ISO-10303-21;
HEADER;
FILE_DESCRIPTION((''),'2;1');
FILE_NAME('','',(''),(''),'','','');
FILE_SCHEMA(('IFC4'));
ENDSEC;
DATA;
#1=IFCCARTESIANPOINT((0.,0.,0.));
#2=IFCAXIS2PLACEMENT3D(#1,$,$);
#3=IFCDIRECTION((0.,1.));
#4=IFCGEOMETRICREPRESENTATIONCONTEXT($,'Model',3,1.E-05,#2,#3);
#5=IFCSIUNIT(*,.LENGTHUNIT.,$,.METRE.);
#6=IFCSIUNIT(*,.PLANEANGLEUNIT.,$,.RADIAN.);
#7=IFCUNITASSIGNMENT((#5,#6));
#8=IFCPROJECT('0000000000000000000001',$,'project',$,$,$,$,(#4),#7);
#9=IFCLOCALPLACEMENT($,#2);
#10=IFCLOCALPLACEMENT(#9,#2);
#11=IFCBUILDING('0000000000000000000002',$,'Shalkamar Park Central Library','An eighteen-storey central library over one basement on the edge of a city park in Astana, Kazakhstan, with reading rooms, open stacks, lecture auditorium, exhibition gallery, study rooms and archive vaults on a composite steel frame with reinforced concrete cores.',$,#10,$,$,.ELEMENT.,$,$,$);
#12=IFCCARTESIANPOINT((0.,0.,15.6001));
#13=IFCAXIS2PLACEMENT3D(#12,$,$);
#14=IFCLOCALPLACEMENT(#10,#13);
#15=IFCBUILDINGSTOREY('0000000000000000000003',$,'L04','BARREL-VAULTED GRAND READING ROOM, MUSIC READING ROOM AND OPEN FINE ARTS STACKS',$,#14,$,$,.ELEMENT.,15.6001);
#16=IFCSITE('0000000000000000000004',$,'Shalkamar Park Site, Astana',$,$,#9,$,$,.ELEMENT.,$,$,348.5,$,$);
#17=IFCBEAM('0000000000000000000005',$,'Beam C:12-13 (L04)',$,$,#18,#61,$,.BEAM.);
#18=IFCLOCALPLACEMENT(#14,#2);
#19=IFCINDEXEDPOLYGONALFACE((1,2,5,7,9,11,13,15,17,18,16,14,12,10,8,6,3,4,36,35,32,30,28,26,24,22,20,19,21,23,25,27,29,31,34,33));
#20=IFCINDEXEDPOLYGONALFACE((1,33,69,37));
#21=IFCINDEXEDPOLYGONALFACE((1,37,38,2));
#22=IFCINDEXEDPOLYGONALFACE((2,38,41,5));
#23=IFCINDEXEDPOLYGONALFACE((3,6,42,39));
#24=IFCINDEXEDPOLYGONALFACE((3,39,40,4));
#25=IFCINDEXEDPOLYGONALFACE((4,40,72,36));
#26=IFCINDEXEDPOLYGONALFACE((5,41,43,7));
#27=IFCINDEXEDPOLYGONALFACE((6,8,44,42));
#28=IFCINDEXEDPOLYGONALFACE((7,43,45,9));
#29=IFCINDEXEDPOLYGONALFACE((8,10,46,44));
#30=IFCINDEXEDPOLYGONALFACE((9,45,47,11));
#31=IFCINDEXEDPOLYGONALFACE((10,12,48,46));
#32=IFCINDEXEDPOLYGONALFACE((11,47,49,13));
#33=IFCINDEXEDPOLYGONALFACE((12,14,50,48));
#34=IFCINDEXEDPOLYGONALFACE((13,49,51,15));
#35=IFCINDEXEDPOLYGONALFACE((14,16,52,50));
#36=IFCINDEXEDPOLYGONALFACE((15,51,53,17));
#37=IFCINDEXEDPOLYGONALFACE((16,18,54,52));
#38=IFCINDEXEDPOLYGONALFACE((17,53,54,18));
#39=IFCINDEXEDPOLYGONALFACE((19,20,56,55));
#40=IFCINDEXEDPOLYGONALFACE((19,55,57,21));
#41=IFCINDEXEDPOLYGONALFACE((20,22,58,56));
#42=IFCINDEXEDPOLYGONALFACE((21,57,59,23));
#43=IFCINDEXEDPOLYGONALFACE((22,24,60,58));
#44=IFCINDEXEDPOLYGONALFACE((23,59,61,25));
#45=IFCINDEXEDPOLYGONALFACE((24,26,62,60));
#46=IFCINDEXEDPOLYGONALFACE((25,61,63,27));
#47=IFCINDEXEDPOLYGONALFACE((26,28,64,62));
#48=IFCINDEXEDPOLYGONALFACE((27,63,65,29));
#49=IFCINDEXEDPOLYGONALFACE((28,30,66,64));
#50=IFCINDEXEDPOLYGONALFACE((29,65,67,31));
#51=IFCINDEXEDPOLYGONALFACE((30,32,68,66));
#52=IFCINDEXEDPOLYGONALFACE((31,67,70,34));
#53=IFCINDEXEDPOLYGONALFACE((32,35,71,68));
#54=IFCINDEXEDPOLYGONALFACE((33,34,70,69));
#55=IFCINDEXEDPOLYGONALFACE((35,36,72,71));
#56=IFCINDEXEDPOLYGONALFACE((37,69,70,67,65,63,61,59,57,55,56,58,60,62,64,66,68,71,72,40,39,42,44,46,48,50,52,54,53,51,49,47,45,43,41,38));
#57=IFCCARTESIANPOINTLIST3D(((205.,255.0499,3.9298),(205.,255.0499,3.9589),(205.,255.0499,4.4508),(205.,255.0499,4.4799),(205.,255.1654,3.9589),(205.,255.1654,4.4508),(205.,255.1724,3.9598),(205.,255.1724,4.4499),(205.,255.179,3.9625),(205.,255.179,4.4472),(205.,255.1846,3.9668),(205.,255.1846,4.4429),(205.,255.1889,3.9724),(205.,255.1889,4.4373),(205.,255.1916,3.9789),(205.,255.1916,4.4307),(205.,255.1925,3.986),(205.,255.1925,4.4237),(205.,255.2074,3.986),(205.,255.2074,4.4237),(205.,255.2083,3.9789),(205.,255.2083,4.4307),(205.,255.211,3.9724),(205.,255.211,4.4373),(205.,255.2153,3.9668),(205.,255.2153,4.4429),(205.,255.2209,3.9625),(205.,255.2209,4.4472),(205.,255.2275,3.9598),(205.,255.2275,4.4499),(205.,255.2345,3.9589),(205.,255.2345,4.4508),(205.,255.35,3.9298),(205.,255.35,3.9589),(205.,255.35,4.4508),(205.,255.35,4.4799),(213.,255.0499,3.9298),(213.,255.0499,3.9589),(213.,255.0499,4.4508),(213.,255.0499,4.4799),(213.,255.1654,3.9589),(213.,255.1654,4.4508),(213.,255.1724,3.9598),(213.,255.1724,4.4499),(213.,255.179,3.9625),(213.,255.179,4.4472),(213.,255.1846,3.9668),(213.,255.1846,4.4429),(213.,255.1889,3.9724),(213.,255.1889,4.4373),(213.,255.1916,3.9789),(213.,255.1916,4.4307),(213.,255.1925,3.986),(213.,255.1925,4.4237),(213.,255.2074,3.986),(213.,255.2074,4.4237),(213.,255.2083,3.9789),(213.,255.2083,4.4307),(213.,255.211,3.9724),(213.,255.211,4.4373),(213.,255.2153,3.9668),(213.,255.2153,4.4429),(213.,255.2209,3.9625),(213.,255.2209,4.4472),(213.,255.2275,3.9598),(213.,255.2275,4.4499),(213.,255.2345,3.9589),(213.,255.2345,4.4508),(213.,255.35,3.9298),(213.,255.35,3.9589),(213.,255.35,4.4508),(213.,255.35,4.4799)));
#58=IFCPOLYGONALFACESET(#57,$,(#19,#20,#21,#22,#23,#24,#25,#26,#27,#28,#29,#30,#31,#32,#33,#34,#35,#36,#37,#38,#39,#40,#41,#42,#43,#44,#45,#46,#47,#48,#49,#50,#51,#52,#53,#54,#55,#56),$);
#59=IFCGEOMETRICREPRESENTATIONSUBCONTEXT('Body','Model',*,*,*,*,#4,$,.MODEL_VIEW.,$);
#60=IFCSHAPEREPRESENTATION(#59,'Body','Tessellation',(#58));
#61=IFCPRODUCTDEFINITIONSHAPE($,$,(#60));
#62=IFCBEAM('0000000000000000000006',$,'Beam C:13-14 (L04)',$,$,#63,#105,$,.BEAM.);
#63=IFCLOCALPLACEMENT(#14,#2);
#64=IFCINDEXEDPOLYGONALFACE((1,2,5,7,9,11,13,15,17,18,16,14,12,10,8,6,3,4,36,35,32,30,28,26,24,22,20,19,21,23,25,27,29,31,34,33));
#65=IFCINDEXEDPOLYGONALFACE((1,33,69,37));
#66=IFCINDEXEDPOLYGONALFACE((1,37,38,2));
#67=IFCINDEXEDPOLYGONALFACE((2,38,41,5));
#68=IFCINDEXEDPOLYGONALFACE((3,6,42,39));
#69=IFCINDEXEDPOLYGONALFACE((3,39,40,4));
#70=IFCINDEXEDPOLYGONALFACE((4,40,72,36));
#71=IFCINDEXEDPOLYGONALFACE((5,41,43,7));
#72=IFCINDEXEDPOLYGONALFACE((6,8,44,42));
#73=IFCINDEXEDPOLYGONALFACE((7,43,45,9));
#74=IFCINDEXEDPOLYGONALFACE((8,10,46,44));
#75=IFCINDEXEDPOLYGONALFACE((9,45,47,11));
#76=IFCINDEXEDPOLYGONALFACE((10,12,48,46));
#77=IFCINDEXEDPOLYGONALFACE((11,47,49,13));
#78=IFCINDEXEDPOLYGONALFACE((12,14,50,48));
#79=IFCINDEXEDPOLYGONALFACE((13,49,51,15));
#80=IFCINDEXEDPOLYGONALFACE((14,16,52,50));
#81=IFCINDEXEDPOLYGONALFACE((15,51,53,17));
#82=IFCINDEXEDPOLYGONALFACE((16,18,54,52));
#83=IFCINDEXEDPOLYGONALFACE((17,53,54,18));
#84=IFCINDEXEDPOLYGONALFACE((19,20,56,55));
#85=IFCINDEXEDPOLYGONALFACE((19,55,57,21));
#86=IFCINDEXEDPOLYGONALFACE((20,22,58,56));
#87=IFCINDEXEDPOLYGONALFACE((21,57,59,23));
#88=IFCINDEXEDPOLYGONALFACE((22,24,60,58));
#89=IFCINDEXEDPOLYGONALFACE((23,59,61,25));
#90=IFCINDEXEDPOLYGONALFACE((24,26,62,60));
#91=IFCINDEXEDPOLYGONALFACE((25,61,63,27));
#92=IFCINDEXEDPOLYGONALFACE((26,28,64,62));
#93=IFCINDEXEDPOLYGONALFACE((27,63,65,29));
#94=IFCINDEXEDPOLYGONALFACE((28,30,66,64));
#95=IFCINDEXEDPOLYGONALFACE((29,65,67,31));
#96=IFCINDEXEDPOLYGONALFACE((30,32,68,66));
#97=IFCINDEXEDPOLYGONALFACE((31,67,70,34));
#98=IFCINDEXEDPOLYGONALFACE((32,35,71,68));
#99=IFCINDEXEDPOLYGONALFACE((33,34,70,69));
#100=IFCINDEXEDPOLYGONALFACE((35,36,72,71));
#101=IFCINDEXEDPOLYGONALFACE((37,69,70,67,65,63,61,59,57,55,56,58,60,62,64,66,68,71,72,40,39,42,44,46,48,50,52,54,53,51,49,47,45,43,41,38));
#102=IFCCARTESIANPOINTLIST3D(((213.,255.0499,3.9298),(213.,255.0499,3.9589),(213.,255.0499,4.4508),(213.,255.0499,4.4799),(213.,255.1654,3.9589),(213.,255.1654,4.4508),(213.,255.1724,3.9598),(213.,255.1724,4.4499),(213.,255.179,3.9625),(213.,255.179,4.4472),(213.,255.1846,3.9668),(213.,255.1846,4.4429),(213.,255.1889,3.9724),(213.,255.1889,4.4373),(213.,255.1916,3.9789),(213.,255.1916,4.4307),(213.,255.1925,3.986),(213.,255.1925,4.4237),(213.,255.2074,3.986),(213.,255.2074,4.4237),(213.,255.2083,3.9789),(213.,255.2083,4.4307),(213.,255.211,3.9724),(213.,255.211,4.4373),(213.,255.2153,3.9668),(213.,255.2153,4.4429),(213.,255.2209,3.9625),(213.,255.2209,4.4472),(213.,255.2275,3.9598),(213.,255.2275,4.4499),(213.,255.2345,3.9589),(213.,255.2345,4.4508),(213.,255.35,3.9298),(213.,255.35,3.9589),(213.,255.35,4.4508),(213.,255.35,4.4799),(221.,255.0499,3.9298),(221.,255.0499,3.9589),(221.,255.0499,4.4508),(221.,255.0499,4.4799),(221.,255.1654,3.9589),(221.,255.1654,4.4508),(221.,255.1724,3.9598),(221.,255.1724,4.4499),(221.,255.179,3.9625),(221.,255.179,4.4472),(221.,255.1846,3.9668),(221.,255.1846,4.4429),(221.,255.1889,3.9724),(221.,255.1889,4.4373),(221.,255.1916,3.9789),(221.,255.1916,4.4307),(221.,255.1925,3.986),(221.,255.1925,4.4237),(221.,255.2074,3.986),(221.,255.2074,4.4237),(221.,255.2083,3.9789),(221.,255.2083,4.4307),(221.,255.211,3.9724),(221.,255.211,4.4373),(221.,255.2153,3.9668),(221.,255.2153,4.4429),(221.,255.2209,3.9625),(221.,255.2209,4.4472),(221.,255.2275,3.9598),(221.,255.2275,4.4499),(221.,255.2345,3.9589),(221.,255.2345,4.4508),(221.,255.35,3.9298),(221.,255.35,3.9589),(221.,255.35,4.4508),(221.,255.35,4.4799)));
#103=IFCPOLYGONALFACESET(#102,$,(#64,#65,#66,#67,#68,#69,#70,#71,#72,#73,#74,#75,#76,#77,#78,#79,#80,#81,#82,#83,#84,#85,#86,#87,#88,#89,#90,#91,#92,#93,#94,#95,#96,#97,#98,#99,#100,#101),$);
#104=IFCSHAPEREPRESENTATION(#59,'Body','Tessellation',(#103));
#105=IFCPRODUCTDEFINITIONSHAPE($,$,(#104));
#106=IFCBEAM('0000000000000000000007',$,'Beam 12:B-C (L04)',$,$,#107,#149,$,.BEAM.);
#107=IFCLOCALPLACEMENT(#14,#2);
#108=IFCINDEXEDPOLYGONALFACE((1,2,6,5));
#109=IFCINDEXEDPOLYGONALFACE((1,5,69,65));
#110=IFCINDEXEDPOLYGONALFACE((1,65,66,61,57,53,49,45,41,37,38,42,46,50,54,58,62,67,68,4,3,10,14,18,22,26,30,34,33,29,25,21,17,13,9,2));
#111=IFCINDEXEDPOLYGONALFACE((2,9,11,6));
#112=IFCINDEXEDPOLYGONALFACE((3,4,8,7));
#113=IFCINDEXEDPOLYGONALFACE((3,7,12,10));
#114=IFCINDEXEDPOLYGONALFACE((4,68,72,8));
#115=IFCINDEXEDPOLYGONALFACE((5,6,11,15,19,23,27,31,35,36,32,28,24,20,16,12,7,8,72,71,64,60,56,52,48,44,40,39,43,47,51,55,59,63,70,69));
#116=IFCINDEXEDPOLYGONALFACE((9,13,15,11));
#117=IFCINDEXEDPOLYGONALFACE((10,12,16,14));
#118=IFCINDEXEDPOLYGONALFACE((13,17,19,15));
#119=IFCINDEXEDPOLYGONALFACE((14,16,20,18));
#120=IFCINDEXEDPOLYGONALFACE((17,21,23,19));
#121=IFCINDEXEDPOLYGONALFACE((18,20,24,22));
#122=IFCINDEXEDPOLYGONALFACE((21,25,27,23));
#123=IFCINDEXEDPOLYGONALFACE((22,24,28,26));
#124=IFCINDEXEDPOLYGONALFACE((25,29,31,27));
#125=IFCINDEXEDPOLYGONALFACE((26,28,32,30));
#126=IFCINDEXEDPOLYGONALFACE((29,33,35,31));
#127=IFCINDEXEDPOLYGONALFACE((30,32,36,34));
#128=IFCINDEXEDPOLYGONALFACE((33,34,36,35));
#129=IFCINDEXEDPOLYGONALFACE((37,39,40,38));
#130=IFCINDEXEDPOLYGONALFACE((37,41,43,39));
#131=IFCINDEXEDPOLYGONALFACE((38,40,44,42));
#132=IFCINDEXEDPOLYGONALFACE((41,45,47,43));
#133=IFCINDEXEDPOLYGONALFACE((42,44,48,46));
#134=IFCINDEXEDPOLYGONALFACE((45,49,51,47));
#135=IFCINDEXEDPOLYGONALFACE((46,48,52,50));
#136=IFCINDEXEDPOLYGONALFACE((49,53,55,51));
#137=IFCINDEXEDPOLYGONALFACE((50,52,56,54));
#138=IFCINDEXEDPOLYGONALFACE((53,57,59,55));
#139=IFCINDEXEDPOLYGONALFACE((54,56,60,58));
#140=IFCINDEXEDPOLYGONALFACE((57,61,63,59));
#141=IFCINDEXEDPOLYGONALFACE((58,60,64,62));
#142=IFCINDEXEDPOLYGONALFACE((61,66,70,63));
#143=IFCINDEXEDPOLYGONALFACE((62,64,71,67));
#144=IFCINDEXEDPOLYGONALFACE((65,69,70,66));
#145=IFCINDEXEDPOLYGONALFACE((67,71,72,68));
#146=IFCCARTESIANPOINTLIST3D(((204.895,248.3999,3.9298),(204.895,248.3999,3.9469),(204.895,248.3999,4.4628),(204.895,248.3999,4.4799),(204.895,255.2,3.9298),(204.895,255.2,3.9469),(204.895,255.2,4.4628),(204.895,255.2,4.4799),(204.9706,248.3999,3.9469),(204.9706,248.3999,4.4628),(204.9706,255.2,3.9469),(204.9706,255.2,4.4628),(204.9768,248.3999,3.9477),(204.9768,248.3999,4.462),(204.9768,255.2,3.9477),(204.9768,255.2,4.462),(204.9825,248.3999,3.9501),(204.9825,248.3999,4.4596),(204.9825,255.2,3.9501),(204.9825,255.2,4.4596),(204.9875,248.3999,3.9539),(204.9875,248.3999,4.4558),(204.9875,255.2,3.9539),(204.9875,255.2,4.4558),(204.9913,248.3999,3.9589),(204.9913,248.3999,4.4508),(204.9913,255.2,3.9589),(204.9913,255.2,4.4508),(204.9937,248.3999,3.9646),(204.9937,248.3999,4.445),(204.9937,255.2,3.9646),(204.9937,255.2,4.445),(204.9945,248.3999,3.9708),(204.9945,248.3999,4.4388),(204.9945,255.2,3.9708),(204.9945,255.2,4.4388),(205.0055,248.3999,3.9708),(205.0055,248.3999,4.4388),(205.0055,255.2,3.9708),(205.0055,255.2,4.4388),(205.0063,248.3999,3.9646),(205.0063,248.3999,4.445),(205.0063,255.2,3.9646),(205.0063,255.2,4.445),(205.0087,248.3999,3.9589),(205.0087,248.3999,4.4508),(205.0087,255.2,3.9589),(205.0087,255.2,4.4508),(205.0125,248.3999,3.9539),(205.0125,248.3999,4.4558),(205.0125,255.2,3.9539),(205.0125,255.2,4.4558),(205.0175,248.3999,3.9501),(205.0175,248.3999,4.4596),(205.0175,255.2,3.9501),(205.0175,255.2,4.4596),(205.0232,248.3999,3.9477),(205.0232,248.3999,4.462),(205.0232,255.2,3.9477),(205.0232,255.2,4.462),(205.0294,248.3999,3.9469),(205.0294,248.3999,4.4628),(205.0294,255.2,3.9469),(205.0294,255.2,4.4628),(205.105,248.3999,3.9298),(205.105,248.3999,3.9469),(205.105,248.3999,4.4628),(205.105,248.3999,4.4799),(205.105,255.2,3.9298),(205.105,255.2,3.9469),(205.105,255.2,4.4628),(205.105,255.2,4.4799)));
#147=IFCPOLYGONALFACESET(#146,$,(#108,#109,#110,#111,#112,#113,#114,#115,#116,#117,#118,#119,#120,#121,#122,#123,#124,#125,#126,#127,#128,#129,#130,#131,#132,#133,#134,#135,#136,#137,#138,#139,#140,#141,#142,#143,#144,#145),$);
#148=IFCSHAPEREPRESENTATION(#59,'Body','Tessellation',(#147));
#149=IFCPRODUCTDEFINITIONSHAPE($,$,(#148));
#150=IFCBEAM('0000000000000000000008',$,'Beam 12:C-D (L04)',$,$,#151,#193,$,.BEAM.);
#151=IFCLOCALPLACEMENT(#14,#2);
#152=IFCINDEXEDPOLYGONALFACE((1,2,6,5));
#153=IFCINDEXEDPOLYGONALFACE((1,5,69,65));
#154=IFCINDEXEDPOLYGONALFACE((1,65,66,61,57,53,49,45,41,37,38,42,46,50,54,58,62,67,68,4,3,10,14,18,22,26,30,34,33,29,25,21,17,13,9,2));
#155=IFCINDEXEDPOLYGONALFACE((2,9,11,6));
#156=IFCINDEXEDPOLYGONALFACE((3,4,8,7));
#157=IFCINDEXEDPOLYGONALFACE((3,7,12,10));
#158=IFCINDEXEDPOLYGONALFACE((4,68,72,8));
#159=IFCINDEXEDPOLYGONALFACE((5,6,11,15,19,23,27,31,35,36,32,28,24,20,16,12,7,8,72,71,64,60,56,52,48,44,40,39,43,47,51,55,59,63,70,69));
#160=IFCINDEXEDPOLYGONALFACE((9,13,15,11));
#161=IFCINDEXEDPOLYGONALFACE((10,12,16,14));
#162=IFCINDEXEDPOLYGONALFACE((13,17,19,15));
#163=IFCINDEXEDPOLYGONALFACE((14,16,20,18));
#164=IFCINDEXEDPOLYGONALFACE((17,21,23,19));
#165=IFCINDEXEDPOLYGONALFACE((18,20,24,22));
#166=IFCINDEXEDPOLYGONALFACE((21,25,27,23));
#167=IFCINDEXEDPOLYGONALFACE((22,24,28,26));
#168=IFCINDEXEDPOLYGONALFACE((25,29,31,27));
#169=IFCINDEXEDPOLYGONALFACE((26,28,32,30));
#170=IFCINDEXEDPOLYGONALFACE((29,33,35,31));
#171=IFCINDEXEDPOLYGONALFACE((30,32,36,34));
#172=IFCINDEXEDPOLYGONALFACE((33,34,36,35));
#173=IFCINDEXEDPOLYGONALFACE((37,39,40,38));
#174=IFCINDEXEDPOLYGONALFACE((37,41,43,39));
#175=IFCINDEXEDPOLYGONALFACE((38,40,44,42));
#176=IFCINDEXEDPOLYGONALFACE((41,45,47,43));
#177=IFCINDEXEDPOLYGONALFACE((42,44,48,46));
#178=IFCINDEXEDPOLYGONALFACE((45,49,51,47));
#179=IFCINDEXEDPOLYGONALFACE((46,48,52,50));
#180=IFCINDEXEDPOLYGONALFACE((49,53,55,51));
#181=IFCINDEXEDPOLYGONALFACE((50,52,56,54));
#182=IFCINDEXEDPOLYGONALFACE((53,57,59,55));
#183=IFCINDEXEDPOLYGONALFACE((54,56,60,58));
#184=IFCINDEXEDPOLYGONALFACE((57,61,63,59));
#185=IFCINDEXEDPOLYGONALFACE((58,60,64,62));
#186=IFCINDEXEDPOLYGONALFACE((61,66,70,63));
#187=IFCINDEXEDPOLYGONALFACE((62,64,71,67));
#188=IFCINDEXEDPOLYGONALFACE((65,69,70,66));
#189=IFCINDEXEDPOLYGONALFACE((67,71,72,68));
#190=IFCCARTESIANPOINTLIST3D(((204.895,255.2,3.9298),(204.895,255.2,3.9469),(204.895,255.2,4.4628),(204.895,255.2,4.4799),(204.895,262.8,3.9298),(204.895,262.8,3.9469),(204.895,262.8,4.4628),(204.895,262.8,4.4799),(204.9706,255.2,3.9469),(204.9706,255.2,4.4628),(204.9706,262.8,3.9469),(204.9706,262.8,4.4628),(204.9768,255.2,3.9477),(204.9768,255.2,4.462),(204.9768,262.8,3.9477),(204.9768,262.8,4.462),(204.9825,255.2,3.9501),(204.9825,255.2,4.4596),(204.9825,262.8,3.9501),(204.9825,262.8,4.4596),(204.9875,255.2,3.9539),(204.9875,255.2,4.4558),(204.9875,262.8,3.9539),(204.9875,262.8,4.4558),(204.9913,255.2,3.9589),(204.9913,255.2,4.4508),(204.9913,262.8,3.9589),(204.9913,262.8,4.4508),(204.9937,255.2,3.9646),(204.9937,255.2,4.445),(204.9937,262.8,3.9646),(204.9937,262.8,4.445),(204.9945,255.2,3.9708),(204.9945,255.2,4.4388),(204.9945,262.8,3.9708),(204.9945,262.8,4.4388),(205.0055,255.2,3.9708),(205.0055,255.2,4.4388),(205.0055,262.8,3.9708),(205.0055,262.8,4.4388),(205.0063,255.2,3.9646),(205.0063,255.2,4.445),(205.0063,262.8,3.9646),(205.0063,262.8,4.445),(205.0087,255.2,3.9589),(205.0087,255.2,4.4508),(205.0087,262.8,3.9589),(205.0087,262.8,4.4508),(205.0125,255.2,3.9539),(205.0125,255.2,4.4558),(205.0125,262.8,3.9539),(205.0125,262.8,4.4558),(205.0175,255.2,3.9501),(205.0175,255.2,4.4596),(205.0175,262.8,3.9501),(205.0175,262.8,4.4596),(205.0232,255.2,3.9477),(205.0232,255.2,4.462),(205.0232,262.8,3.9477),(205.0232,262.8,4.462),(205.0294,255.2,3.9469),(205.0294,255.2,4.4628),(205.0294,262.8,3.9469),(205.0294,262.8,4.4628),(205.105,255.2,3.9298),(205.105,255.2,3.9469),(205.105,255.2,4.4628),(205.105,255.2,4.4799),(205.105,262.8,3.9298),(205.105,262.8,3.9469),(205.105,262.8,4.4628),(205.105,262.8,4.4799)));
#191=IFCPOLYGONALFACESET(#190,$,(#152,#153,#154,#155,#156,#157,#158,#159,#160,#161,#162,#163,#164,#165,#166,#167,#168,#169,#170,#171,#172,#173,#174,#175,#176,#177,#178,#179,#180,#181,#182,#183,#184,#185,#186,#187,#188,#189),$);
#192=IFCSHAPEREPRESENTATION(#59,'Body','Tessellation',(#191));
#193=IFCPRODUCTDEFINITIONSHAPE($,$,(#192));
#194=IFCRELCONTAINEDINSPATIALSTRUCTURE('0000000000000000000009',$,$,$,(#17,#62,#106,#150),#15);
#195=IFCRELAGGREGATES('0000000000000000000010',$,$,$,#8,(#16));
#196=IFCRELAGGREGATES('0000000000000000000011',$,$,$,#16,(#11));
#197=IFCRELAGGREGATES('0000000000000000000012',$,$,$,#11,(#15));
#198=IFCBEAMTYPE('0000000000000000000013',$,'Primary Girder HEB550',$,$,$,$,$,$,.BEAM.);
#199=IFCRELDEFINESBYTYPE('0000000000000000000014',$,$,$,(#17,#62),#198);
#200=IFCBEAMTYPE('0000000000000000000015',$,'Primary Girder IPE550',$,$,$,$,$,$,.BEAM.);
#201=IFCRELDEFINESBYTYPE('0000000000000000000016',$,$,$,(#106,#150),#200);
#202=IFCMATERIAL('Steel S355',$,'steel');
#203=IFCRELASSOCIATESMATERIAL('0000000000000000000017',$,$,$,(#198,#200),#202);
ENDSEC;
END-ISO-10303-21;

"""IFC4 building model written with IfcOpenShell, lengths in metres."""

from ifc_helpers import new_model, si_unit, direction, frame, origin, origin_2d, place, context, subcontext, project, spatial, i_section, extrude, material, material_profile, profile_set, type_object, element, save


model = new_model("IFC4")

# Units and contexts
model_context = context("Model", 3, precision=1e-05, world=origin(), true_north=direction((0.0, 1.0)))
body_context = subcontext(model_context, "Body", "Model", "MODEL_VIEW")
ifc_project = project(units=[si_unit("LENGTHUNIT", "METRE"), si_unit("PLANEANGLEUNIT", "RADIAN")], contexts=[model_context])

# Site, building, storey
site_placement = place(None, origin())
site = spatial("IfcSite", under=ifc_project, at=site_placement, Name="Shalkamar Park Site, Astana", CompositionType="ELEMENT", RefElevation=348.5)
building_placement = place(site_placement, origin())
building = spatial("IfcBuilding", under=site, at=building_placement, Name="Shalkamar Park Central Library", Description="An eighteen-storey central library over one basement on the edge of a city park in Astana, Kazakhstan, with reading rooms, open stacks, lecture auditorium, exhibition gallery, study rooms and archive vaults on a composite steel frame with reinforced concrete cores.", CompositionType="ELEMENT")
storey_placement = place(building_placement, frame((0.0, 0.0, 15.6001)))
storey = spatial("IfcBuildingStorey", under=building, at=storey_placement, Name="L04", Description="BARREL-VAULTED GRAND READING ROOM, MUSIC READING ROOM AND OPEN FINE ARTS STACKS", CompositionType="ELEMENT", Elevation=15.6001)

# Shared definitions
ifc_material_1 = material(Name="Steel S355", Category="steel")

# Beams
ifc_material_profile_1 = material_profile(ifc_material_1, i_section(OverallWidth=0.3, OverallDepth=0.55, WebThickness=0.0149, FlangeThickness=0.0291, FilletRadius=0.0271, at=origin_2d()), Name="HEB 550")
ifc_profile_set_1 = profile_set([ifc_material_profile_1], Name="Steel S355")
beam_type_1 = type_object("IfcBeamType", Name="Primary Girder HEB550", PredefinedType="BEAM", material=ifc_profile_set_1)
for number, where, z_axis, x_axis, name in (
    (1, (205.0, 255.2, 4.2048), (1.0, 0.0, 0.0), (0.0, 1.0, 0.0), "Beam C:12-13 (L04)"),
    (2, (213.0, 255.2, 4.2048), (1.0, 0.0, 0.0), (0.0, 1.0, 0.0), "Beam C:13-14 (L04)"),
):
    element("IfcBeam", number, at=place(storey_placement, frame(where, z_axis=z_axis, x_axis=x_axis)), inside=storey, type_object=beam_type_1, Name=name, PredefinedType="BEAM", context=body_context, shape_type="SweptSolid", body=[
        extrude(i_section(OverallWidth=0.3, OverallDepth=0.55, WebThickness=0.0149, FlangeThickness=0.0291, FilletRadius=0.0271, at=origin_2d()), origin(), (0.0, 0.0, 1.0), 8.0),
    ])
ifc_material_profile_2 = material_profile(ifc_material_1, i_section(OverallWidth=0.21, OverallDepth=0.55, WebThickness=0.011, FlangeThickness=0.0171, FilletRadius=0.0239, at=origin_2d()), Name="IPE 550")
ifc_profile_set_2 = profile_set([ifc_material_profile_2], Name="Steel S355")
beam_type_2 = type_object("IfcBeamType", Name="Primary Girder IPE550", PredefinedType="BEAM", material=ifc_profile_set_2)
beam_1_placement = place(storey_placement, frame((205.0, 248.3999, 4.2048), z_axis=(0.0, 1.0, 0.0), x_axis=(-1.0, 0.0, 0.0)))
element("IfcBeam", 3, at=beam_1_placement, inside=storey, type_object=beam_type_2, Name="Beam 12:B-C (L04)", PredefinedType="BEAM", context=body_context, shape_type="SweptSolid", body=[
    extrude(i_section(OverallWidth=0.21, OverallDepth=0.55, WebThickness=0.011, FlangeThickness=0.0171, FilletRadius=0.0239, at=origin_2d()), origin(), (0.0, 0.0, 1.0), 6.8),
])
beam_2_placement = place(storey_placement, frame((205.0, 255.2, 4.2048), z_axis=(0.0, 1.0, 0.0), x_axis=(-1.0, 0.0, 0.0)))
element("IfcBeam", 4, at=beam_2_placement, inside=storey, type_object=beam_type_2, Name="Beam 12:C-D (L04)", PredefinedType="BEAM", context=body_context, shape_type="SweptSolid", body=[
    extrude(i_section(OverallWidth=0.21, OverallDepth=0.55, WebThickness=0.011, FlangeThickness=0.0171, FilletRadius=0.0239, at=origin_2d()), origin(), (0.0, 0.0, 1.0), 7.6001),
])

save(model, "model.ifc")
